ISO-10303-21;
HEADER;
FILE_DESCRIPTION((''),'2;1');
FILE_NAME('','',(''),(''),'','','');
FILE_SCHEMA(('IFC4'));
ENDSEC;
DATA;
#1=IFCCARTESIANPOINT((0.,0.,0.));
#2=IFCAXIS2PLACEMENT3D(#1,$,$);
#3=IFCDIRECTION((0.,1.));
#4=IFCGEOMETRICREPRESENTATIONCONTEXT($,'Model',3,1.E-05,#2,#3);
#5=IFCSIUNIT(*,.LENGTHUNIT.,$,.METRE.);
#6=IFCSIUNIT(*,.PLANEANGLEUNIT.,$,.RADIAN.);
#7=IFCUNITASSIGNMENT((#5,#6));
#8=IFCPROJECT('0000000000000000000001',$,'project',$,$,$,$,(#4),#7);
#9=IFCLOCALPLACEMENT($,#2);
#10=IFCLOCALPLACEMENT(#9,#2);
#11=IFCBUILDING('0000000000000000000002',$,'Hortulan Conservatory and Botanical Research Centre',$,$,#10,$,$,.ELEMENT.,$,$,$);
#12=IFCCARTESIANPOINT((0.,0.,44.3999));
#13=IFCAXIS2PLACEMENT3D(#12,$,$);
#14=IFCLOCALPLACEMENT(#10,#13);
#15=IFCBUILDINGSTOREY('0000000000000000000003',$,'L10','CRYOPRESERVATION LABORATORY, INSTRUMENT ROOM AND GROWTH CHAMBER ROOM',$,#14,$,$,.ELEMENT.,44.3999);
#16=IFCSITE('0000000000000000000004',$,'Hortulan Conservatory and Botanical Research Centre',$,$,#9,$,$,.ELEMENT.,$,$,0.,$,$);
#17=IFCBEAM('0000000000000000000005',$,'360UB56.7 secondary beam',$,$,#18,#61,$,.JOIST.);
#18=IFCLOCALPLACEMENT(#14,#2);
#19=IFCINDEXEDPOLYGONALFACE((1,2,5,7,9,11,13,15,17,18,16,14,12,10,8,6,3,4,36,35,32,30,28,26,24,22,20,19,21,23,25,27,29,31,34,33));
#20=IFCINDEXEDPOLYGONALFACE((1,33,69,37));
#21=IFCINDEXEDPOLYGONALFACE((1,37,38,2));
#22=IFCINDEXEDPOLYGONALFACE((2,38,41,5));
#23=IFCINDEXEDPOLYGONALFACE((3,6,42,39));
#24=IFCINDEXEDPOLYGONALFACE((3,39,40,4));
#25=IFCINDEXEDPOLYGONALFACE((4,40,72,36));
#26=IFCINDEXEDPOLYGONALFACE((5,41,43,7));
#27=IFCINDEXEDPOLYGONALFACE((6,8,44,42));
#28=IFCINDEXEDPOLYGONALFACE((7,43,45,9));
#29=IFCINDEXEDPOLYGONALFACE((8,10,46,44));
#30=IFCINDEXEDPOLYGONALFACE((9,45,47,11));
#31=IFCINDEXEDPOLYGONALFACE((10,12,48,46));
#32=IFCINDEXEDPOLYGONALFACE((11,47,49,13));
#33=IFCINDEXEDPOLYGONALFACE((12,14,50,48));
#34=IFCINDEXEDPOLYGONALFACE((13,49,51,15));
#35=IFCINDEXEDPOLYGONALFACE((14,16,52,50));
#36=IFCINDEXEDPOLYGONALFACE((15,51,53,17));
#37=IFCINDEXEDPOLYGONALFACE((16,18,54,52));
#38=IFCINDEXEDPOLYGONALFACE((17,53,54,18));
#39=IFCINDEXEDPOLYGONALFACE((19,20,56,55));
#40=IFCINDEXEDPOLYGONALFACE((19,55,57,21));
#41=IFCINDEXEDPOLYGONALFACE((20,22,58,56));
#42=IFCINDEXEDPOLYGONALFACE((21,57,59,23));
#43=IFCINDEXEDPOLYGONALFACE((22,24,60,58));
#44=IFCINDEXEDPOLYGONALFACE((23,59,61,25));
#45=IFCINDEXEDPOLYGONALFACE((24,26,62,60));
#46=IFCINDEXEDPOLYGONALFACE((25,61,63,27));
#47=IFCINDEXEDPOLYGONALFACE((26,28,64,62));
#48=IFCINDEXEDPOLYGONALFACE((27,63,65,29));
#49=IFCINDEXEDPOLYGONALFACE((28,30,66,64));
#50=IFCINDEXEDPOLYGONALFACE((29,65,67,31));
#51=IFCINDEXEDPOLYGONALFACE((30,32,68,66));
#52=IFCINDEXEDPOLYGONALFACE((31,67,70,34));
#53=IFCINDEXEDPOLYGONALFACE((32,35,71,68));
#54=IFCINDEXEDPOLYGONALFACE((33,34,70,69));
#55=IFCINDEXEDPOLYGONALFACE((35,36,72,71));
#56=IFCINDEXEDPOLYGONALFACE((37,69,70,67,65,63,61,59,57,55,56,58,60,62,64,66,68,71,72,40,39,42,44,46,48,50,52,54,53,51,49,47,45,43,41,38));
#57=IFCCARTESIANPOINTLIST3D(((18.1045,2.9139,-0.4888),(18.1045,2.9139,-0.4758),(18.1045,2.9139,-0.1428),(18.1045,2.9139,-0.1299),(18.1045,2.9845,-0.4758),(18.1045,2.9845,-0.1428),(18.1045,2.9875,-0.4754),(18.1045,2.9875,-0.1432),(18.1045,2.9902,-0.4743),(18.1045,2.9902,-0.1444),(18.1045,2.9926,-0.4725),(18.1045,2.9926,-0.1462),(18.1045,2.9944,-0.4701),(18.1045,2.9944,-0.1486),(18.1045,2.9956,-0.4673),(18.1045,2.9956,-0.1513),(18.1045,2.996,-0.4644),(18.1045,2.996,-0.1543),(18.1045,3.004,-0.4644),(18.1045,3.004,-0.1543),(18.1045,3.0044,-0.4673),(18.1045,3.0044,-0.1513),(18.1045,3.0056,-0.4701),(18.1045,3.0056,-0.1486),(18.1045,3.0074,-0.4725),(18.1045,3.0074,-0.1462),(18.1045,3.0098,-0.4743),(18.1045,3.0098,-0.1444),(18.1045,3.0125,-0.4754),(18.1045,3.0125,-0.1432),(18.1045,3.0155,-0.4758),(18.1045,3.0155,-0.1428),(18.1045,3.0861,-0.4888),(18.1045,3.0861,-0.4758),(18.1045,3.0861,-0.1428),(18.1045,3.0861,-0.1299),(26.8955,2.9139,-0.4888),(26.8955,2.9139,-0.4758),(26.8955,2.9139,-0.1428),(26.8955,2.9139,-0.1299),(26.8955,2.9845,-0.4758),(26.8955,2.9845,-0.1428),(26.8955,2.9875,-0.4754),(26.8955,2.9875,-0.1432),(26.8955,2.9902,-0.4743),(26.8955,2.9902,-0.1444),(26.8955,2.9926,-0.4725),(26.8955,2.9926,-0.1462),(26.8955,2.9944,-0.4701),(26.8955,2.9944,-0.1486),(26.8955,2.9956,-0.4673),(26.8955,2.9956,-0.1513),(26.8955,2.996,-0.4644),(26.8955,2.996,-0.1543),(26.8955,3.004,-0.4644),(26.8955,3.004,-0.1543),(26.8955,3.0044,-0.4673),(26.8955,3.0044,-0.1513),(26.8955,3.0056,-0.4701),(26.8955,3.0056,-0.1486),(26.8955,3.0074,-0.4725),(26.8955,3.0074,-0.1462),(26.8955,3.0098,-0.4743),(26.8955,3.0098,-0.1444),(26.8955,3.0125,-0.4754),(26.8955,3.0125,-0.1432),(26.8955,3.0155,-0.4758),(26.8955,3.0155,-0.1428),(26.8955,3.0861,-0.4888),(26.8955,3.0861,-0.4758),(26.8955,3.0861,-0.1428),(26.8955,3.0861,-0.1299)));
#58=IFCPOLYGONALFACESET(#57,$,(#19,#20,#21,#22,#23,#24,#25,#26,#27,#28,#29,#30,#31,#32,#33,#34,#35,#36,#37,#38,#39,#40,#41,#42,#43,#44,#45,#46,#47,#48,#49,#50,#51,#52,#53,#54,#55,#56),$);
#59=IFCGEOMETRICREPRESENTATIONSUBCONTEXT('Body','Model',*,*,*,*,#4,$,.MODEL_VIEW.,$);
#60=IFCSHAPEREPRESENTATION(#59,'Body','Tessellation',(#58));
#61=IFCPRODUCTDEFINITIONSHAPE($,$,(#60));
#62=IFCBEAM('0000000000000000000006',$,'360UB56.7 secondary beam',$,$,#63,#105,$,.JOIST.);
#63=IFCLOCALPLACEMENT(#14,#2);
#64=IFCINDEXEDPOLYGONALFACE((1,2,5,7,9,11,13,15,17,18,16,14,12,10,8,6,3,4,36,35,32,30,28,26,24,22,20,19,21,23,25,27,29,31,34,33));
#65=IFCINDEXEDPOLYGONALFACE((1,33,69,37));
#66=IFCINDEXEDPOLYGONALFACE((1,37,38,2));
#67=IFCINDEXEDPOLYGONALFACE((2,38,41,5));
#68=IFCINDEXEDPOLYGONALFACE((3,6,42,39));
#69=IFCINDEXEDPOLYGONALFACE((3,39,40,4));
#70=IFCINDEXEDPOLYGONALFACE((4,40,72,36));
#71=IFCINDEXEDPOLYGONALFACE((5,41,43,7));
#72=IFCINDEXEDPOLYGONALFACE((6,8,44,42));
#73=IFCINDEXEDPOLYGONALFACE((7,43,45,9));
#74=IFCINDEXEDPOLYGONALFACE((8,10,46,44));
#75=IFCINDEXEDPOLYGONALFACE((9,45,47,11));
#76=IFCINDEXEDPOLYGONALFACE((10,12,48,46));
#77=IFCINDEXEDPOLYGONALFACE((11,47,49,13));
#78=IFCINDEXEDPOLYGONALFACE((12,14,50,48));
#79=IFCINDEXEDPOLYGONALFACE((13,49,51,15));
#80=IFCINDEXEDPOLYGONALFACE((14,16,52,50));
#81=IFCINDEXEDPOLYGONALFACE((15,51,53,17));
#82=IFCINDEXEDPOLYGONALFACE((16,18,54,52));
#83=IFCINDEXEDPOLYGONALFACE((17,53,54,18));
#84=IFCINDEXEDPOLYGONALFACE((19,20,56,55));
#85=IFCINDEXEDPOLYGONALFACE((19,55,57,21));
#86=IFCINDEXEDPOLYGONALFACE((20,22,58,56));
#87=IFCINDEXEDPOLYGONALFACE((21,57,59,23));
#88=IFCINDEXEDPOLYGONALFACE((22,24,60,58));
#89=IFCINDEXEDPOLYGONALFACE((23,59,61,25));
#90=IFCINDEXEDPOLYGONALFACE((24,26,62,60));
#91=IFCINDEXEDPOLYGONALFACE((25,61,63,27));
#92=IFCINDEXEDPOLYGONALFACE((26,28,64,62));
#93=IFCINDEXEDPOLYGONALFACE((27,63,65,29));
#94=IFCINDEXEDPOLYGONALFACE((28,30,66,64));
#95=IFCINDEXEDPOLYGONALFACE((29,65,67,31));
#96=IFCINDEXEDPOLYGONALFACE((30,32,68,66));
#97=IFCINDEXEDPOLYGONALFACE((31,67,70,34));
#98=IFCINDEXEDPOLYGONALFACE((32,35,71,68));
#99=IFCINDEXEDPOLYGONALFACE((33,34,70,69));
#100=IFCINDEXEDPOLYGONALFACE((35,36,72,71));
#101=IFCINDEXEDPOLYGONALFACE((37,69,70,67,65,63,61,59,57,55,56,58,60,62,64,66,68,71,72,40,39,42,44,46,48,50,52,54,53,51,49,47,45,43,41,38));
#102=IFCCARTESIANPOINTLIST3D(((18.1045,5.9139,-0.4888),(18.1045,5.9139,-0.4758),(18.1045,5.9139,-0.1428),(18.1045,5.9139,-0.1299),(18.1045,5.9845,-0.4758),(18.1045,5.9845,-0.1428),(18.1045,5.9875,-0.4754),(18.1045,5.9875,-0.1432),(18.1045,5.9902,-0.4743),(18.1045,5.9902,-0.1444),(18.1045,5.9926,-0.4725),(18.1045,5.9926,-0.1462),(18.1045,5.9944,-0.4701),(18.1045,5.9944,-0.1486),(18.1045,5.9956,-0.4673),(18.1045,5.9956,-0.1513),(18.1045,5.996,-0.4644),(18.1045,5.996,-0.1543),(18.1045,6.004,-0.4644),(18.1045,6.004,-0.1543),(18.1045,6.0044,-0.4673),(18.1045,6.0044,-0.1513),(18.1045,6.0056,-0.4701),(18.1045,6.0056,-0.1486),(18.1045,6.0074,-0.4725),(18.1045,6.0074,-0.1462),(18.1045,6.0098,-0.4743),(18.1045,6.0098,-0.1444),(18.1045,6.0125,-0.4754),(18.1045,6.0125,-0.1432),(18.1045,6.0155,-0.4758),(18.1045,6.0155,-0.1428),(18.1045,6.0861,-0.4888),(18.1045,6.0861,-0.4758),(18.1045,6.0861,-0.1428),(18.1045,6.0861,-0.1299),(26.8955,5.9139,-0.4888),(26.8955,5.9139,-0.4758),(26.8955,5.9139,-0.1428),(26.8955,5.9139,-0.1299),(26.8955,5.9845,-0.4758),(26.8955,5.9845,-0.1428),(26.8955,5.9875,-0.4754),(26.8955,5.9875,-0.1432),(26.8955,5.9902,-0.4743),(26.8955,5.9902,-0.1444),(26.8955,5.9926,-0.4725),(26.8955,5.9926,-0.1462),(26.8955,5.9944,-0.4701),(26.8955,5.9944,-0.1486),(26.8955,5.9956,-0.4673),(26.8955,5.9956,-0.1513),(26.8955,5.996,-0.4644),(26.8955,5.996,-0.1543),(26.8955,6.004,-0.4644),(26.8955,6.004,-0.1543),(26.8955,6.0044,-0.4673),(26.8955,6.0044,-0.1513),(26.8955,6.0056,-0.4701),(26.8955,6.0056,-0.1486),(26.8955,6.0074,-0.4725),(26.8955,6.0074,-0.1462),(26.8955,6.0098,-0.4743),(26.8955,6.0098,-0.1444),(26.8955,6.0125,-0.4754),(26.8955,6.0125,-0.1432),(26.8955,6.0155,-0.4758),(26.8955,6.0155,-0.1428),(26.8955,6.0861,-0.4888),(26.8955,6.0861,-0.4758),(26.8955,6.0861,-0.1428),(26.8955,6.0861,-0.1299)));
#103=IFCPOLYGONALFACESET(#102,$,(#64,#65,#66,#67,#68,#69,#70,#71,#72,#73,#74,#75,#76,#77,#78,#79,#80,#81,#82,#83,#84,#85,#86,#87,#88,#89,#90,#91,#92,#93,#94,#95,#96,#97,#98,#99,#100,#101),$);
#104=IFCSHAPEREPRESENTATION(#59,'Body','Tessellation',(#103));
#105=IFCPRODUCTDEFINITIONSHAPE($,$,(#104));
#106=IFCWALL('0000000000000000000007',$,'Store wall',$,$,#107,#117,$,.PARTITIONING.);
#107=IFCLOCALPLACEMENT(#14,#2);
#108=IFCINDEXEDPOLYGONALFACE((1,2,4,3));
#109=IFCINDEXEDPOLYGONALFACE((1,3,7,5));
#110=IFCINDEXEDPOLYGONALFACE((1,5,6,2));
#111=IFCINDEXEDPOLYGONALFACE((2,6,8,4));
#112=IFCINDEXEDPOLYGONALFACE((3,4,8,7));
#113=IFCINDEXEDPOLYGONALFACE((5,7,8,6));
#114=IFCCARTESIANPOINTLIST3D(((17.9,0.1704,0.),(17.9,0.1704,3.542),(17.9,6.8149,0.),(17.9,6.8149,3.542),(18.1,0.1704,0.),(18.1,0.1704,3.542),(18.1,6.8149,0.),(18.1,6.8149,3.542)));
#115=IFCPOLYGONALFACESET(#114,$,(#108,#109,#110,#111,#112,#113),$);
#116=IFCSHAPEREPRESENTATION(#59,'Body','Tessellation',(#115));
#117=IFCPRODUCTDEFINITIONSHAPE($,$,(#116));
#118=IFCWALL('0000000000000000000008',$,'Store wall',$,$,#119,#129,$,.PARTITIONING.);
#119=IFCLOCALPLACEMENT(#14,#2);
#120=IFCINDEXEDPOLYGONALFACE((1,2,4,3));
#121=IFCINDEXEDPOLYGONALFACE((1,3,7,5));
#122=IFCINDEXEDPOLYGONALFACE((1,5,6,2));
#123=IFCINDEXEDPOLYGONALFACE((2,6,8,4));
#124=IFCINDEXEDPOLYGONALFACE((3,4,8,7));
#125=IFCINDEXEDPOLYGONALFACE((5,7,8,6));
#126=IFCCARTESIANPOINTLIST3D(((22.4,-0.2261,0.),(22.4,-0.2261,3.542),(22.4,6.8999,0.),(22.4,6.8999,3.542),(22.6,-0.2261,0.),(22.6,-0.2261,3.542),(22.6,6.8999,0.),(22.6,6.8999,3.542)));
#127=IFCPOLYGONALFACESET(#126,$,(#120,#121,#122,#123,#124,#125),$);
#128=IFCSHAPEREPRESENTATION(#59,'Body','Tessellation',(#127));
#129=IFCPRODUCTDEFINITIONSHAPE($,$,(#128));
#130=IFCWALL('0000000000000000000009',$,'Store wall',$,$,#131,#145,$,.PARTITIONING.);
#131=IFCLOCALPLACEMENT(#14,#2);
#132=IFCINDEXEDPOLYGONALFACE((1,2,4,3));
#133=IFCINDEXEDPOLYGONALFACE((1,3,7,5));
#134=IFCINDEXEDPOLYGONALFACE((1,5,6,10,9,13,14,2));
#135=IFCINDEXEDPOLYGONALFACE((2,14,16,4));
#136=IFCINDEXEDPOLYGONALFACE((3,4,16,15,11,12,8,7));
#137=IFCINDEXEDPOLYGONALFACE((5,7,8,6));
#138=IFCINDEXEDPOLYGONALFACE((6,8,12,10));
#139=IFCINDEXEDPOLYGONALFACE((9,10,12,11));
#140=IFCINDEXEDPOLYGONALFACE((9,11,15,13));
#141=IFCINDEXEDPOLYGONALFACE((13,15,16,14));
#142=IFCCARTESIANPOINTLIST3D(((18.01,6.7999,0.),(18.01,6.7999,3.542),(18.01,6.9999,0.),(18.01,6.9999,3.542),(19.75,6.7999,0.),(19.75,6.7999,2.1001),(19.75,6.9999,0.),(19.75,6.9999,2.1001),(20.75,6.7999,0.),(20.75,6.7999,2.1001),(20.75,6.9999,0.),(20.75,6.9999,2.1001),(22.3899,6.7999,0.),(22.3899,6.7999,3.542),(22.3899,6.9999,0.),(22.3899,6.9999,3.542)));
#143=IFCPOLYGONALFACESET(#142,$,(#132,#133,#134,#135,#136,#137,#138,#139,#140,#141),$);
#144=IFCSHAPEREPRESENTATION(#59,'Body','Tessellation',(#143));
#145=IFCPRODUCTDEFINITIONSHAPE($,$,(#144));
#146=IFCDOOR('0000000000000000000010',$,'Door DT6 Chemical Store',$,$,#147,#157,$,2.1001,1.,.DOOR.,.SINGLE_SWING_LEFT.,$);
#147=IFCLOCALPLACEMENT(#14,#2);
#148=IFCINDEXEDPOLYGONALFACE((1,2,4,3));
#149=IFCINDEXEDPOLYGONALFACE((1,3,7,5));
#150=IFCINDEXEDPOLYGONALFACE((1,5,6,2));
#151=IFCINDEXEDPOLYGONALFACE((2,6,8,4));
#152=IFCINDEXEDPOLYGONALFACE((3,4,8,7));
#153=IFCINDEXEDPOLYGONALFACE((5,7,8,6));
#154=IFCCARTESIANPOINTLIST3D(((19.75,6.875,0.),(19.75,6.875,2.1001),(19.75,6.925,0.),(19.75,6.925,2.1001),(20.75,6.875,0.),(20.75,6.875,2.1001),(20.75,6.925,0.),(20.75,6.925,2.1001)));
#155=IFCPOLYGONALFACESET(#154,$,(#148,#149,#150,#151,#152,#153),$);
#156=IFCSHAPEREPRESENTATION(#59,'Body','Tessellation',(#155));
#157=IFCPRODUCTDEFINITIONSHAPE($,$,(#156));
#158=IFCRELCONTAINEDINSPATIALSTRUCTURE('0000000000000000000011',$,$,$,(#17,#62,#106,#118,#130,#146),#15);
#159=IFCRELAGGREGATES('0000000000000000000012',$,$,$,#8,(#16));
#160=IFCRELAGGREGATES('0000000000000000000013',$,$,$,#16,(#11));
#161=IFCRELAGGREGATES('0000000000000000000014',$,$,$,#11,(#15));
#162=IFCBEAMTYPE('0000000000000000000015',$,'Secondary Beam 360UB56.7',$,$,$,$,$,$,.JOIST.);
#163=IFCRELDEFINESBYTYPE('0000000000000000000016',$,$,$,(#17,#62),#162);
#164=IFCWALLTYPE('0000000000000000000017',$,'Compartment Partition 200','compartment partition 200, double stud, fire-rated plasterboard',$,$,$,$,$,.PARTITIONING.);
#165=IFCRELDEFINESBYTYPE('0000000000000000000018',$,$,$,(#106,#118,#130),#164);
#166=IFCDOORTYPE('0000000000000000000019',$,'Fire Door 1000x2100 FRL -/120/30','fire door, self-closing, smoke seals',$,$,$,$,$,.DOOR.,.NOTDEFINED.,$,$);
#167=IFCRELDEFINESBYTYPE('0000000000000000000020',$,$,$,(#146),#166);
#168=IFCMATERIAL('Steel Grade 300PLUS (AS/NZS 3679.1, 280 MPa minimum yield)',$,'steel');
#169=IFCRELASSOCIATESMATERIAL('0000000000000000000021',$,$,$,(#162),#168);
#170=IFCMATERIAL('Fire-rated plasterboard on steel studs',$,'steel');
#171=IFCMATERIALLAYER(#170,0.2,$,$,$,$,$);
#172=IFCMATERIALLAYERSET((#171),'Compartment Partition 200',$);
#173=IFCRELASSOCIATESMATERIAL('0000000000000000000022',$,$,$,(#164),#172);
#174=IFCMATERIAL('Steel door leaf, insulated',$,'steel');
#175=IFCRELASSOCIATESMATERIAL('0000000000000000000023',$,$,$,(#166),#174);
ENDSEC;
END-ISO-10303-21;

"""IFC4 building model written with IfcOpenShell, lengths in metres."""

from ifc_helpers import new_model, si_unit, direction, frame, frame_2d, origin, origin_2d, place, context, subcontext, project, spatial, rectangle, i_section, extrude, material, layer, layer_set, material_profile, profile_set, type_object, element, fill, save


model = new_model("IFC4")

# Units and contexts
model_context = context("Model", 3, precision=1e-05, world=origin(), true_north=direction((0.0, 1.0)))
body_context = subcontext(model_context, "Body", "Model", "MODEL_VIEW")
ifc_project = project(units=[si_unit("LENGTHUNIT", "METRE"), si_unit("PLANEANGLEUNIT", "RADIAN")], contexts=[model_context])

# Site, building, storey
site_placement = place(None, origin())
site = spatial("IfcSite", under=ifc_project, at=site_placement, Name="Hortulan Conservatory and Botanical Research Centre", CompositionType="ELEMENT", RefElevation=0.0)
building_placement = place(site_placement, origin())
building = spatial("IfcBuilding", under=site, at=building_placement, Name="Hortulan Conservatory and Botanical Research Centre", CompositionType="ELEMENT")
storey_placement = place(building_placement, frame((0.0, 0.0, 44.3999)))
storey = spatial("IfcBuildingStorey", under=building, at=storey_placement, Name="L10", Description="CRYOPRESERVATION LABORATORY, INSTRUMENT ROOM AND GROWTH CHAMBER ROOM", CompositionType="ELEMENT", Elevation=44.3999)

# Shared definitions
ifc_material_1 = material(Name="Steel Grade 300PLUS (AS/NZS 3679.1, 280 MPa minimum yield)", Category="steel")

# Beams
ifc_material_profile_1 = material_profile(ifc_material_1, i_section(OverallWidth=0.1721, OverallDepth=0.3589, WebThickness=0.0081, FlangeThickness=0.0129, FilletRadius=0.0115, at=origin_2d()), Name="360UB56.7")
ifc_profile_set_1 = profile_set([ifc_material_profile_1], Name="Steel Grade 300PLUS (AS/NZS 3679.1, 280 MPa minimum yield)")
beam_type_1 = type_object("IfcBeamType", Name="Secondary Beam 360UB56.7", PredefinedType="JOIST", material=ifc_profile_set_1)
for number, where, z_axis, x_axis, name in (
    (1, (18.1045, 3.0, -0.3093), (1.0, 0.0, 0.0), (0.0, 1.0, 0.0), "360UB56.7 secondary beam"),
    (2, (18.1045, 6.0, -0.3093), (1.0, 0.0, 0.0), (0.0, 1.0, 0.0), "360UB56.7 secondary beam"),
):
    element("IfcBeam", number, at=place(storey_placement, frame(where, z_axis=z_axis, x_axis=x_axis)), inside=storey, type_object=beam_type_1, Name=name, PredefinedType="JOIST", context=body_context, shape_type="SweptSolid", body=[
        extrude(i_section(OverallWidth=0.1721, OverallDepth=0.3589, WebThickness=0.0081, FlangeThickness=0.0129, FilletRadius=0.0115, at=origin_2d()), origin(), (0.0, 0.0, 1.0), 8.791),
    ])

# Walls
ifc_material_2 = material(Name="Fire-rated plasterboard on steel studs", Category="steel")
ifc_layer_1 = layer(ifc_material_2, 0.2)
ifc_layer_set_1 = layer_set([ifc_layer_1], Name="Compartment Partition 200")
wall_type = type_object("IfcWallType", Name="Compartment Partition 200", Description="compartment partition 200, double stud, fire-rated plasterboard", PredefinedType="PARTITIONING", material=ifc_layer_set_1)
wall_1_placement = place(storey_placement, frame((18.0, 0.1704, 0.0), z_axis=(0.0, 0.0, 1.0), x_axis=(0.0, 1.0, 0.0)))
element("IfcWall", 3, at=wall_1_placement, inside=storey, type_object=wall_type, Name="Store wall", PredefinedType="PARTITIONING", context=body_context, shape_type="SweptSolid", body=[
    extrude(rectangle(XDim=6.6445, YDim=0.2, at=frame_2d((3.3223, 0.0))), origin(), (0.0, 0.0, 1.0), 3.542),
])
wall_2_placement = place(storey_placement, frame((22.5, -0.2261, 0.0), z_axis=(0.0, 0.0, 1.0), x_axis=(0.0, 1.0, 0.0)))
element("IfcWall", 4, at=wall_2_placement, inside=storey, type_object=wall_type, Name="Store wall", PredefinedType="PARTITIONING", context=body_context, shape_type="SweptSolid", body=[
    extrude(rectangle(XDim=7.126, YDim=0.2, at=frame_2d((3.563, 0.0))), origin(), (0.0, 0.0, 1.0), 3.542),
])

# Wall, opening, door
wall_3_placement = place(storey_placement, frame((18.01, 6.8999, 0.0), z_axis=(0.0, 0.0, 1.0), x_axis=(1.0, 0.0, 0.0)))
wall_3 = element("IfcWall", 5, at=wall_3_placement, inside=storey, type_object=wall_type, Name="Store wall", PredefinedType="PARTITIONING", context=body_context, shape_type="SweptSolid", body=[
    extrude(rectangle(XDim=4.3799, YDim=0.2, at=frame_2d((2.1899, 0.0))), origin(), (0.0, 0.0, 1.0), 3.542),
])
opening_placement = place(wall_3_placement, frame((1.74, 0.0, 0.0)))
opening = element("IfcOpeningElement", 6, at=opening_placement, cuts=wall_3, PredefinedType="OPENING", context=body_context, shape_type="SweptSolid", body=[
    extrude(rectangle(XDim=1.0, YDim=2.1001, at=frame_2d((0.5, 1.05))), frame((0.0, 0.1099, 0.0), z_axis=(0.0, -1.0, 0.0), x_axis=(1.0, 0.0, 0.0)), (0.0, 0.0, 1.0), 0.22),
])
ifc_material_3 = material(Name="Steel door leaf, insulated", Category="steel")
door_type = type_object("IfcDoorType", Name="Fire Door 1000x2100 FRL -/120/30", Description="fire door, self-closing, smoke seals", OperationType="NOTDEFINED", PredefinedType="DOOR", material=ifc_material_3)
door_placement = place(opening_placement, frame((1.0, 0.0, 0.0), z_axis=(0.0, 0.0, 1.0), x_axis=(-1.0, 0.0, 0.0)))
door = element("IfcDoor", 7, at=door_placement, inside=storey, type_object=door_type, Name="Door DT6 Chemical Store", OperationType="SINGLE_SWING_LEFT", OverallHeight=2.1001, OverallWidth=1.0, PredefinedType="DOOR", context=body_context, shape_type="SweptSolid", body=[
    extrude(rectangle(XDim=1.0, YDim=2.1001, at=frame_2d((0.5, 1.05))), frame((0.0, 0.0249, 0.0), z_axis=(0.0, -1.0, 0.0), x_axis=(1.0, 0.0, 0.0)), (0.0, 0.0, 1.0), 0.05),
])
fill(opening, door)

save(model, "model.ifc")
